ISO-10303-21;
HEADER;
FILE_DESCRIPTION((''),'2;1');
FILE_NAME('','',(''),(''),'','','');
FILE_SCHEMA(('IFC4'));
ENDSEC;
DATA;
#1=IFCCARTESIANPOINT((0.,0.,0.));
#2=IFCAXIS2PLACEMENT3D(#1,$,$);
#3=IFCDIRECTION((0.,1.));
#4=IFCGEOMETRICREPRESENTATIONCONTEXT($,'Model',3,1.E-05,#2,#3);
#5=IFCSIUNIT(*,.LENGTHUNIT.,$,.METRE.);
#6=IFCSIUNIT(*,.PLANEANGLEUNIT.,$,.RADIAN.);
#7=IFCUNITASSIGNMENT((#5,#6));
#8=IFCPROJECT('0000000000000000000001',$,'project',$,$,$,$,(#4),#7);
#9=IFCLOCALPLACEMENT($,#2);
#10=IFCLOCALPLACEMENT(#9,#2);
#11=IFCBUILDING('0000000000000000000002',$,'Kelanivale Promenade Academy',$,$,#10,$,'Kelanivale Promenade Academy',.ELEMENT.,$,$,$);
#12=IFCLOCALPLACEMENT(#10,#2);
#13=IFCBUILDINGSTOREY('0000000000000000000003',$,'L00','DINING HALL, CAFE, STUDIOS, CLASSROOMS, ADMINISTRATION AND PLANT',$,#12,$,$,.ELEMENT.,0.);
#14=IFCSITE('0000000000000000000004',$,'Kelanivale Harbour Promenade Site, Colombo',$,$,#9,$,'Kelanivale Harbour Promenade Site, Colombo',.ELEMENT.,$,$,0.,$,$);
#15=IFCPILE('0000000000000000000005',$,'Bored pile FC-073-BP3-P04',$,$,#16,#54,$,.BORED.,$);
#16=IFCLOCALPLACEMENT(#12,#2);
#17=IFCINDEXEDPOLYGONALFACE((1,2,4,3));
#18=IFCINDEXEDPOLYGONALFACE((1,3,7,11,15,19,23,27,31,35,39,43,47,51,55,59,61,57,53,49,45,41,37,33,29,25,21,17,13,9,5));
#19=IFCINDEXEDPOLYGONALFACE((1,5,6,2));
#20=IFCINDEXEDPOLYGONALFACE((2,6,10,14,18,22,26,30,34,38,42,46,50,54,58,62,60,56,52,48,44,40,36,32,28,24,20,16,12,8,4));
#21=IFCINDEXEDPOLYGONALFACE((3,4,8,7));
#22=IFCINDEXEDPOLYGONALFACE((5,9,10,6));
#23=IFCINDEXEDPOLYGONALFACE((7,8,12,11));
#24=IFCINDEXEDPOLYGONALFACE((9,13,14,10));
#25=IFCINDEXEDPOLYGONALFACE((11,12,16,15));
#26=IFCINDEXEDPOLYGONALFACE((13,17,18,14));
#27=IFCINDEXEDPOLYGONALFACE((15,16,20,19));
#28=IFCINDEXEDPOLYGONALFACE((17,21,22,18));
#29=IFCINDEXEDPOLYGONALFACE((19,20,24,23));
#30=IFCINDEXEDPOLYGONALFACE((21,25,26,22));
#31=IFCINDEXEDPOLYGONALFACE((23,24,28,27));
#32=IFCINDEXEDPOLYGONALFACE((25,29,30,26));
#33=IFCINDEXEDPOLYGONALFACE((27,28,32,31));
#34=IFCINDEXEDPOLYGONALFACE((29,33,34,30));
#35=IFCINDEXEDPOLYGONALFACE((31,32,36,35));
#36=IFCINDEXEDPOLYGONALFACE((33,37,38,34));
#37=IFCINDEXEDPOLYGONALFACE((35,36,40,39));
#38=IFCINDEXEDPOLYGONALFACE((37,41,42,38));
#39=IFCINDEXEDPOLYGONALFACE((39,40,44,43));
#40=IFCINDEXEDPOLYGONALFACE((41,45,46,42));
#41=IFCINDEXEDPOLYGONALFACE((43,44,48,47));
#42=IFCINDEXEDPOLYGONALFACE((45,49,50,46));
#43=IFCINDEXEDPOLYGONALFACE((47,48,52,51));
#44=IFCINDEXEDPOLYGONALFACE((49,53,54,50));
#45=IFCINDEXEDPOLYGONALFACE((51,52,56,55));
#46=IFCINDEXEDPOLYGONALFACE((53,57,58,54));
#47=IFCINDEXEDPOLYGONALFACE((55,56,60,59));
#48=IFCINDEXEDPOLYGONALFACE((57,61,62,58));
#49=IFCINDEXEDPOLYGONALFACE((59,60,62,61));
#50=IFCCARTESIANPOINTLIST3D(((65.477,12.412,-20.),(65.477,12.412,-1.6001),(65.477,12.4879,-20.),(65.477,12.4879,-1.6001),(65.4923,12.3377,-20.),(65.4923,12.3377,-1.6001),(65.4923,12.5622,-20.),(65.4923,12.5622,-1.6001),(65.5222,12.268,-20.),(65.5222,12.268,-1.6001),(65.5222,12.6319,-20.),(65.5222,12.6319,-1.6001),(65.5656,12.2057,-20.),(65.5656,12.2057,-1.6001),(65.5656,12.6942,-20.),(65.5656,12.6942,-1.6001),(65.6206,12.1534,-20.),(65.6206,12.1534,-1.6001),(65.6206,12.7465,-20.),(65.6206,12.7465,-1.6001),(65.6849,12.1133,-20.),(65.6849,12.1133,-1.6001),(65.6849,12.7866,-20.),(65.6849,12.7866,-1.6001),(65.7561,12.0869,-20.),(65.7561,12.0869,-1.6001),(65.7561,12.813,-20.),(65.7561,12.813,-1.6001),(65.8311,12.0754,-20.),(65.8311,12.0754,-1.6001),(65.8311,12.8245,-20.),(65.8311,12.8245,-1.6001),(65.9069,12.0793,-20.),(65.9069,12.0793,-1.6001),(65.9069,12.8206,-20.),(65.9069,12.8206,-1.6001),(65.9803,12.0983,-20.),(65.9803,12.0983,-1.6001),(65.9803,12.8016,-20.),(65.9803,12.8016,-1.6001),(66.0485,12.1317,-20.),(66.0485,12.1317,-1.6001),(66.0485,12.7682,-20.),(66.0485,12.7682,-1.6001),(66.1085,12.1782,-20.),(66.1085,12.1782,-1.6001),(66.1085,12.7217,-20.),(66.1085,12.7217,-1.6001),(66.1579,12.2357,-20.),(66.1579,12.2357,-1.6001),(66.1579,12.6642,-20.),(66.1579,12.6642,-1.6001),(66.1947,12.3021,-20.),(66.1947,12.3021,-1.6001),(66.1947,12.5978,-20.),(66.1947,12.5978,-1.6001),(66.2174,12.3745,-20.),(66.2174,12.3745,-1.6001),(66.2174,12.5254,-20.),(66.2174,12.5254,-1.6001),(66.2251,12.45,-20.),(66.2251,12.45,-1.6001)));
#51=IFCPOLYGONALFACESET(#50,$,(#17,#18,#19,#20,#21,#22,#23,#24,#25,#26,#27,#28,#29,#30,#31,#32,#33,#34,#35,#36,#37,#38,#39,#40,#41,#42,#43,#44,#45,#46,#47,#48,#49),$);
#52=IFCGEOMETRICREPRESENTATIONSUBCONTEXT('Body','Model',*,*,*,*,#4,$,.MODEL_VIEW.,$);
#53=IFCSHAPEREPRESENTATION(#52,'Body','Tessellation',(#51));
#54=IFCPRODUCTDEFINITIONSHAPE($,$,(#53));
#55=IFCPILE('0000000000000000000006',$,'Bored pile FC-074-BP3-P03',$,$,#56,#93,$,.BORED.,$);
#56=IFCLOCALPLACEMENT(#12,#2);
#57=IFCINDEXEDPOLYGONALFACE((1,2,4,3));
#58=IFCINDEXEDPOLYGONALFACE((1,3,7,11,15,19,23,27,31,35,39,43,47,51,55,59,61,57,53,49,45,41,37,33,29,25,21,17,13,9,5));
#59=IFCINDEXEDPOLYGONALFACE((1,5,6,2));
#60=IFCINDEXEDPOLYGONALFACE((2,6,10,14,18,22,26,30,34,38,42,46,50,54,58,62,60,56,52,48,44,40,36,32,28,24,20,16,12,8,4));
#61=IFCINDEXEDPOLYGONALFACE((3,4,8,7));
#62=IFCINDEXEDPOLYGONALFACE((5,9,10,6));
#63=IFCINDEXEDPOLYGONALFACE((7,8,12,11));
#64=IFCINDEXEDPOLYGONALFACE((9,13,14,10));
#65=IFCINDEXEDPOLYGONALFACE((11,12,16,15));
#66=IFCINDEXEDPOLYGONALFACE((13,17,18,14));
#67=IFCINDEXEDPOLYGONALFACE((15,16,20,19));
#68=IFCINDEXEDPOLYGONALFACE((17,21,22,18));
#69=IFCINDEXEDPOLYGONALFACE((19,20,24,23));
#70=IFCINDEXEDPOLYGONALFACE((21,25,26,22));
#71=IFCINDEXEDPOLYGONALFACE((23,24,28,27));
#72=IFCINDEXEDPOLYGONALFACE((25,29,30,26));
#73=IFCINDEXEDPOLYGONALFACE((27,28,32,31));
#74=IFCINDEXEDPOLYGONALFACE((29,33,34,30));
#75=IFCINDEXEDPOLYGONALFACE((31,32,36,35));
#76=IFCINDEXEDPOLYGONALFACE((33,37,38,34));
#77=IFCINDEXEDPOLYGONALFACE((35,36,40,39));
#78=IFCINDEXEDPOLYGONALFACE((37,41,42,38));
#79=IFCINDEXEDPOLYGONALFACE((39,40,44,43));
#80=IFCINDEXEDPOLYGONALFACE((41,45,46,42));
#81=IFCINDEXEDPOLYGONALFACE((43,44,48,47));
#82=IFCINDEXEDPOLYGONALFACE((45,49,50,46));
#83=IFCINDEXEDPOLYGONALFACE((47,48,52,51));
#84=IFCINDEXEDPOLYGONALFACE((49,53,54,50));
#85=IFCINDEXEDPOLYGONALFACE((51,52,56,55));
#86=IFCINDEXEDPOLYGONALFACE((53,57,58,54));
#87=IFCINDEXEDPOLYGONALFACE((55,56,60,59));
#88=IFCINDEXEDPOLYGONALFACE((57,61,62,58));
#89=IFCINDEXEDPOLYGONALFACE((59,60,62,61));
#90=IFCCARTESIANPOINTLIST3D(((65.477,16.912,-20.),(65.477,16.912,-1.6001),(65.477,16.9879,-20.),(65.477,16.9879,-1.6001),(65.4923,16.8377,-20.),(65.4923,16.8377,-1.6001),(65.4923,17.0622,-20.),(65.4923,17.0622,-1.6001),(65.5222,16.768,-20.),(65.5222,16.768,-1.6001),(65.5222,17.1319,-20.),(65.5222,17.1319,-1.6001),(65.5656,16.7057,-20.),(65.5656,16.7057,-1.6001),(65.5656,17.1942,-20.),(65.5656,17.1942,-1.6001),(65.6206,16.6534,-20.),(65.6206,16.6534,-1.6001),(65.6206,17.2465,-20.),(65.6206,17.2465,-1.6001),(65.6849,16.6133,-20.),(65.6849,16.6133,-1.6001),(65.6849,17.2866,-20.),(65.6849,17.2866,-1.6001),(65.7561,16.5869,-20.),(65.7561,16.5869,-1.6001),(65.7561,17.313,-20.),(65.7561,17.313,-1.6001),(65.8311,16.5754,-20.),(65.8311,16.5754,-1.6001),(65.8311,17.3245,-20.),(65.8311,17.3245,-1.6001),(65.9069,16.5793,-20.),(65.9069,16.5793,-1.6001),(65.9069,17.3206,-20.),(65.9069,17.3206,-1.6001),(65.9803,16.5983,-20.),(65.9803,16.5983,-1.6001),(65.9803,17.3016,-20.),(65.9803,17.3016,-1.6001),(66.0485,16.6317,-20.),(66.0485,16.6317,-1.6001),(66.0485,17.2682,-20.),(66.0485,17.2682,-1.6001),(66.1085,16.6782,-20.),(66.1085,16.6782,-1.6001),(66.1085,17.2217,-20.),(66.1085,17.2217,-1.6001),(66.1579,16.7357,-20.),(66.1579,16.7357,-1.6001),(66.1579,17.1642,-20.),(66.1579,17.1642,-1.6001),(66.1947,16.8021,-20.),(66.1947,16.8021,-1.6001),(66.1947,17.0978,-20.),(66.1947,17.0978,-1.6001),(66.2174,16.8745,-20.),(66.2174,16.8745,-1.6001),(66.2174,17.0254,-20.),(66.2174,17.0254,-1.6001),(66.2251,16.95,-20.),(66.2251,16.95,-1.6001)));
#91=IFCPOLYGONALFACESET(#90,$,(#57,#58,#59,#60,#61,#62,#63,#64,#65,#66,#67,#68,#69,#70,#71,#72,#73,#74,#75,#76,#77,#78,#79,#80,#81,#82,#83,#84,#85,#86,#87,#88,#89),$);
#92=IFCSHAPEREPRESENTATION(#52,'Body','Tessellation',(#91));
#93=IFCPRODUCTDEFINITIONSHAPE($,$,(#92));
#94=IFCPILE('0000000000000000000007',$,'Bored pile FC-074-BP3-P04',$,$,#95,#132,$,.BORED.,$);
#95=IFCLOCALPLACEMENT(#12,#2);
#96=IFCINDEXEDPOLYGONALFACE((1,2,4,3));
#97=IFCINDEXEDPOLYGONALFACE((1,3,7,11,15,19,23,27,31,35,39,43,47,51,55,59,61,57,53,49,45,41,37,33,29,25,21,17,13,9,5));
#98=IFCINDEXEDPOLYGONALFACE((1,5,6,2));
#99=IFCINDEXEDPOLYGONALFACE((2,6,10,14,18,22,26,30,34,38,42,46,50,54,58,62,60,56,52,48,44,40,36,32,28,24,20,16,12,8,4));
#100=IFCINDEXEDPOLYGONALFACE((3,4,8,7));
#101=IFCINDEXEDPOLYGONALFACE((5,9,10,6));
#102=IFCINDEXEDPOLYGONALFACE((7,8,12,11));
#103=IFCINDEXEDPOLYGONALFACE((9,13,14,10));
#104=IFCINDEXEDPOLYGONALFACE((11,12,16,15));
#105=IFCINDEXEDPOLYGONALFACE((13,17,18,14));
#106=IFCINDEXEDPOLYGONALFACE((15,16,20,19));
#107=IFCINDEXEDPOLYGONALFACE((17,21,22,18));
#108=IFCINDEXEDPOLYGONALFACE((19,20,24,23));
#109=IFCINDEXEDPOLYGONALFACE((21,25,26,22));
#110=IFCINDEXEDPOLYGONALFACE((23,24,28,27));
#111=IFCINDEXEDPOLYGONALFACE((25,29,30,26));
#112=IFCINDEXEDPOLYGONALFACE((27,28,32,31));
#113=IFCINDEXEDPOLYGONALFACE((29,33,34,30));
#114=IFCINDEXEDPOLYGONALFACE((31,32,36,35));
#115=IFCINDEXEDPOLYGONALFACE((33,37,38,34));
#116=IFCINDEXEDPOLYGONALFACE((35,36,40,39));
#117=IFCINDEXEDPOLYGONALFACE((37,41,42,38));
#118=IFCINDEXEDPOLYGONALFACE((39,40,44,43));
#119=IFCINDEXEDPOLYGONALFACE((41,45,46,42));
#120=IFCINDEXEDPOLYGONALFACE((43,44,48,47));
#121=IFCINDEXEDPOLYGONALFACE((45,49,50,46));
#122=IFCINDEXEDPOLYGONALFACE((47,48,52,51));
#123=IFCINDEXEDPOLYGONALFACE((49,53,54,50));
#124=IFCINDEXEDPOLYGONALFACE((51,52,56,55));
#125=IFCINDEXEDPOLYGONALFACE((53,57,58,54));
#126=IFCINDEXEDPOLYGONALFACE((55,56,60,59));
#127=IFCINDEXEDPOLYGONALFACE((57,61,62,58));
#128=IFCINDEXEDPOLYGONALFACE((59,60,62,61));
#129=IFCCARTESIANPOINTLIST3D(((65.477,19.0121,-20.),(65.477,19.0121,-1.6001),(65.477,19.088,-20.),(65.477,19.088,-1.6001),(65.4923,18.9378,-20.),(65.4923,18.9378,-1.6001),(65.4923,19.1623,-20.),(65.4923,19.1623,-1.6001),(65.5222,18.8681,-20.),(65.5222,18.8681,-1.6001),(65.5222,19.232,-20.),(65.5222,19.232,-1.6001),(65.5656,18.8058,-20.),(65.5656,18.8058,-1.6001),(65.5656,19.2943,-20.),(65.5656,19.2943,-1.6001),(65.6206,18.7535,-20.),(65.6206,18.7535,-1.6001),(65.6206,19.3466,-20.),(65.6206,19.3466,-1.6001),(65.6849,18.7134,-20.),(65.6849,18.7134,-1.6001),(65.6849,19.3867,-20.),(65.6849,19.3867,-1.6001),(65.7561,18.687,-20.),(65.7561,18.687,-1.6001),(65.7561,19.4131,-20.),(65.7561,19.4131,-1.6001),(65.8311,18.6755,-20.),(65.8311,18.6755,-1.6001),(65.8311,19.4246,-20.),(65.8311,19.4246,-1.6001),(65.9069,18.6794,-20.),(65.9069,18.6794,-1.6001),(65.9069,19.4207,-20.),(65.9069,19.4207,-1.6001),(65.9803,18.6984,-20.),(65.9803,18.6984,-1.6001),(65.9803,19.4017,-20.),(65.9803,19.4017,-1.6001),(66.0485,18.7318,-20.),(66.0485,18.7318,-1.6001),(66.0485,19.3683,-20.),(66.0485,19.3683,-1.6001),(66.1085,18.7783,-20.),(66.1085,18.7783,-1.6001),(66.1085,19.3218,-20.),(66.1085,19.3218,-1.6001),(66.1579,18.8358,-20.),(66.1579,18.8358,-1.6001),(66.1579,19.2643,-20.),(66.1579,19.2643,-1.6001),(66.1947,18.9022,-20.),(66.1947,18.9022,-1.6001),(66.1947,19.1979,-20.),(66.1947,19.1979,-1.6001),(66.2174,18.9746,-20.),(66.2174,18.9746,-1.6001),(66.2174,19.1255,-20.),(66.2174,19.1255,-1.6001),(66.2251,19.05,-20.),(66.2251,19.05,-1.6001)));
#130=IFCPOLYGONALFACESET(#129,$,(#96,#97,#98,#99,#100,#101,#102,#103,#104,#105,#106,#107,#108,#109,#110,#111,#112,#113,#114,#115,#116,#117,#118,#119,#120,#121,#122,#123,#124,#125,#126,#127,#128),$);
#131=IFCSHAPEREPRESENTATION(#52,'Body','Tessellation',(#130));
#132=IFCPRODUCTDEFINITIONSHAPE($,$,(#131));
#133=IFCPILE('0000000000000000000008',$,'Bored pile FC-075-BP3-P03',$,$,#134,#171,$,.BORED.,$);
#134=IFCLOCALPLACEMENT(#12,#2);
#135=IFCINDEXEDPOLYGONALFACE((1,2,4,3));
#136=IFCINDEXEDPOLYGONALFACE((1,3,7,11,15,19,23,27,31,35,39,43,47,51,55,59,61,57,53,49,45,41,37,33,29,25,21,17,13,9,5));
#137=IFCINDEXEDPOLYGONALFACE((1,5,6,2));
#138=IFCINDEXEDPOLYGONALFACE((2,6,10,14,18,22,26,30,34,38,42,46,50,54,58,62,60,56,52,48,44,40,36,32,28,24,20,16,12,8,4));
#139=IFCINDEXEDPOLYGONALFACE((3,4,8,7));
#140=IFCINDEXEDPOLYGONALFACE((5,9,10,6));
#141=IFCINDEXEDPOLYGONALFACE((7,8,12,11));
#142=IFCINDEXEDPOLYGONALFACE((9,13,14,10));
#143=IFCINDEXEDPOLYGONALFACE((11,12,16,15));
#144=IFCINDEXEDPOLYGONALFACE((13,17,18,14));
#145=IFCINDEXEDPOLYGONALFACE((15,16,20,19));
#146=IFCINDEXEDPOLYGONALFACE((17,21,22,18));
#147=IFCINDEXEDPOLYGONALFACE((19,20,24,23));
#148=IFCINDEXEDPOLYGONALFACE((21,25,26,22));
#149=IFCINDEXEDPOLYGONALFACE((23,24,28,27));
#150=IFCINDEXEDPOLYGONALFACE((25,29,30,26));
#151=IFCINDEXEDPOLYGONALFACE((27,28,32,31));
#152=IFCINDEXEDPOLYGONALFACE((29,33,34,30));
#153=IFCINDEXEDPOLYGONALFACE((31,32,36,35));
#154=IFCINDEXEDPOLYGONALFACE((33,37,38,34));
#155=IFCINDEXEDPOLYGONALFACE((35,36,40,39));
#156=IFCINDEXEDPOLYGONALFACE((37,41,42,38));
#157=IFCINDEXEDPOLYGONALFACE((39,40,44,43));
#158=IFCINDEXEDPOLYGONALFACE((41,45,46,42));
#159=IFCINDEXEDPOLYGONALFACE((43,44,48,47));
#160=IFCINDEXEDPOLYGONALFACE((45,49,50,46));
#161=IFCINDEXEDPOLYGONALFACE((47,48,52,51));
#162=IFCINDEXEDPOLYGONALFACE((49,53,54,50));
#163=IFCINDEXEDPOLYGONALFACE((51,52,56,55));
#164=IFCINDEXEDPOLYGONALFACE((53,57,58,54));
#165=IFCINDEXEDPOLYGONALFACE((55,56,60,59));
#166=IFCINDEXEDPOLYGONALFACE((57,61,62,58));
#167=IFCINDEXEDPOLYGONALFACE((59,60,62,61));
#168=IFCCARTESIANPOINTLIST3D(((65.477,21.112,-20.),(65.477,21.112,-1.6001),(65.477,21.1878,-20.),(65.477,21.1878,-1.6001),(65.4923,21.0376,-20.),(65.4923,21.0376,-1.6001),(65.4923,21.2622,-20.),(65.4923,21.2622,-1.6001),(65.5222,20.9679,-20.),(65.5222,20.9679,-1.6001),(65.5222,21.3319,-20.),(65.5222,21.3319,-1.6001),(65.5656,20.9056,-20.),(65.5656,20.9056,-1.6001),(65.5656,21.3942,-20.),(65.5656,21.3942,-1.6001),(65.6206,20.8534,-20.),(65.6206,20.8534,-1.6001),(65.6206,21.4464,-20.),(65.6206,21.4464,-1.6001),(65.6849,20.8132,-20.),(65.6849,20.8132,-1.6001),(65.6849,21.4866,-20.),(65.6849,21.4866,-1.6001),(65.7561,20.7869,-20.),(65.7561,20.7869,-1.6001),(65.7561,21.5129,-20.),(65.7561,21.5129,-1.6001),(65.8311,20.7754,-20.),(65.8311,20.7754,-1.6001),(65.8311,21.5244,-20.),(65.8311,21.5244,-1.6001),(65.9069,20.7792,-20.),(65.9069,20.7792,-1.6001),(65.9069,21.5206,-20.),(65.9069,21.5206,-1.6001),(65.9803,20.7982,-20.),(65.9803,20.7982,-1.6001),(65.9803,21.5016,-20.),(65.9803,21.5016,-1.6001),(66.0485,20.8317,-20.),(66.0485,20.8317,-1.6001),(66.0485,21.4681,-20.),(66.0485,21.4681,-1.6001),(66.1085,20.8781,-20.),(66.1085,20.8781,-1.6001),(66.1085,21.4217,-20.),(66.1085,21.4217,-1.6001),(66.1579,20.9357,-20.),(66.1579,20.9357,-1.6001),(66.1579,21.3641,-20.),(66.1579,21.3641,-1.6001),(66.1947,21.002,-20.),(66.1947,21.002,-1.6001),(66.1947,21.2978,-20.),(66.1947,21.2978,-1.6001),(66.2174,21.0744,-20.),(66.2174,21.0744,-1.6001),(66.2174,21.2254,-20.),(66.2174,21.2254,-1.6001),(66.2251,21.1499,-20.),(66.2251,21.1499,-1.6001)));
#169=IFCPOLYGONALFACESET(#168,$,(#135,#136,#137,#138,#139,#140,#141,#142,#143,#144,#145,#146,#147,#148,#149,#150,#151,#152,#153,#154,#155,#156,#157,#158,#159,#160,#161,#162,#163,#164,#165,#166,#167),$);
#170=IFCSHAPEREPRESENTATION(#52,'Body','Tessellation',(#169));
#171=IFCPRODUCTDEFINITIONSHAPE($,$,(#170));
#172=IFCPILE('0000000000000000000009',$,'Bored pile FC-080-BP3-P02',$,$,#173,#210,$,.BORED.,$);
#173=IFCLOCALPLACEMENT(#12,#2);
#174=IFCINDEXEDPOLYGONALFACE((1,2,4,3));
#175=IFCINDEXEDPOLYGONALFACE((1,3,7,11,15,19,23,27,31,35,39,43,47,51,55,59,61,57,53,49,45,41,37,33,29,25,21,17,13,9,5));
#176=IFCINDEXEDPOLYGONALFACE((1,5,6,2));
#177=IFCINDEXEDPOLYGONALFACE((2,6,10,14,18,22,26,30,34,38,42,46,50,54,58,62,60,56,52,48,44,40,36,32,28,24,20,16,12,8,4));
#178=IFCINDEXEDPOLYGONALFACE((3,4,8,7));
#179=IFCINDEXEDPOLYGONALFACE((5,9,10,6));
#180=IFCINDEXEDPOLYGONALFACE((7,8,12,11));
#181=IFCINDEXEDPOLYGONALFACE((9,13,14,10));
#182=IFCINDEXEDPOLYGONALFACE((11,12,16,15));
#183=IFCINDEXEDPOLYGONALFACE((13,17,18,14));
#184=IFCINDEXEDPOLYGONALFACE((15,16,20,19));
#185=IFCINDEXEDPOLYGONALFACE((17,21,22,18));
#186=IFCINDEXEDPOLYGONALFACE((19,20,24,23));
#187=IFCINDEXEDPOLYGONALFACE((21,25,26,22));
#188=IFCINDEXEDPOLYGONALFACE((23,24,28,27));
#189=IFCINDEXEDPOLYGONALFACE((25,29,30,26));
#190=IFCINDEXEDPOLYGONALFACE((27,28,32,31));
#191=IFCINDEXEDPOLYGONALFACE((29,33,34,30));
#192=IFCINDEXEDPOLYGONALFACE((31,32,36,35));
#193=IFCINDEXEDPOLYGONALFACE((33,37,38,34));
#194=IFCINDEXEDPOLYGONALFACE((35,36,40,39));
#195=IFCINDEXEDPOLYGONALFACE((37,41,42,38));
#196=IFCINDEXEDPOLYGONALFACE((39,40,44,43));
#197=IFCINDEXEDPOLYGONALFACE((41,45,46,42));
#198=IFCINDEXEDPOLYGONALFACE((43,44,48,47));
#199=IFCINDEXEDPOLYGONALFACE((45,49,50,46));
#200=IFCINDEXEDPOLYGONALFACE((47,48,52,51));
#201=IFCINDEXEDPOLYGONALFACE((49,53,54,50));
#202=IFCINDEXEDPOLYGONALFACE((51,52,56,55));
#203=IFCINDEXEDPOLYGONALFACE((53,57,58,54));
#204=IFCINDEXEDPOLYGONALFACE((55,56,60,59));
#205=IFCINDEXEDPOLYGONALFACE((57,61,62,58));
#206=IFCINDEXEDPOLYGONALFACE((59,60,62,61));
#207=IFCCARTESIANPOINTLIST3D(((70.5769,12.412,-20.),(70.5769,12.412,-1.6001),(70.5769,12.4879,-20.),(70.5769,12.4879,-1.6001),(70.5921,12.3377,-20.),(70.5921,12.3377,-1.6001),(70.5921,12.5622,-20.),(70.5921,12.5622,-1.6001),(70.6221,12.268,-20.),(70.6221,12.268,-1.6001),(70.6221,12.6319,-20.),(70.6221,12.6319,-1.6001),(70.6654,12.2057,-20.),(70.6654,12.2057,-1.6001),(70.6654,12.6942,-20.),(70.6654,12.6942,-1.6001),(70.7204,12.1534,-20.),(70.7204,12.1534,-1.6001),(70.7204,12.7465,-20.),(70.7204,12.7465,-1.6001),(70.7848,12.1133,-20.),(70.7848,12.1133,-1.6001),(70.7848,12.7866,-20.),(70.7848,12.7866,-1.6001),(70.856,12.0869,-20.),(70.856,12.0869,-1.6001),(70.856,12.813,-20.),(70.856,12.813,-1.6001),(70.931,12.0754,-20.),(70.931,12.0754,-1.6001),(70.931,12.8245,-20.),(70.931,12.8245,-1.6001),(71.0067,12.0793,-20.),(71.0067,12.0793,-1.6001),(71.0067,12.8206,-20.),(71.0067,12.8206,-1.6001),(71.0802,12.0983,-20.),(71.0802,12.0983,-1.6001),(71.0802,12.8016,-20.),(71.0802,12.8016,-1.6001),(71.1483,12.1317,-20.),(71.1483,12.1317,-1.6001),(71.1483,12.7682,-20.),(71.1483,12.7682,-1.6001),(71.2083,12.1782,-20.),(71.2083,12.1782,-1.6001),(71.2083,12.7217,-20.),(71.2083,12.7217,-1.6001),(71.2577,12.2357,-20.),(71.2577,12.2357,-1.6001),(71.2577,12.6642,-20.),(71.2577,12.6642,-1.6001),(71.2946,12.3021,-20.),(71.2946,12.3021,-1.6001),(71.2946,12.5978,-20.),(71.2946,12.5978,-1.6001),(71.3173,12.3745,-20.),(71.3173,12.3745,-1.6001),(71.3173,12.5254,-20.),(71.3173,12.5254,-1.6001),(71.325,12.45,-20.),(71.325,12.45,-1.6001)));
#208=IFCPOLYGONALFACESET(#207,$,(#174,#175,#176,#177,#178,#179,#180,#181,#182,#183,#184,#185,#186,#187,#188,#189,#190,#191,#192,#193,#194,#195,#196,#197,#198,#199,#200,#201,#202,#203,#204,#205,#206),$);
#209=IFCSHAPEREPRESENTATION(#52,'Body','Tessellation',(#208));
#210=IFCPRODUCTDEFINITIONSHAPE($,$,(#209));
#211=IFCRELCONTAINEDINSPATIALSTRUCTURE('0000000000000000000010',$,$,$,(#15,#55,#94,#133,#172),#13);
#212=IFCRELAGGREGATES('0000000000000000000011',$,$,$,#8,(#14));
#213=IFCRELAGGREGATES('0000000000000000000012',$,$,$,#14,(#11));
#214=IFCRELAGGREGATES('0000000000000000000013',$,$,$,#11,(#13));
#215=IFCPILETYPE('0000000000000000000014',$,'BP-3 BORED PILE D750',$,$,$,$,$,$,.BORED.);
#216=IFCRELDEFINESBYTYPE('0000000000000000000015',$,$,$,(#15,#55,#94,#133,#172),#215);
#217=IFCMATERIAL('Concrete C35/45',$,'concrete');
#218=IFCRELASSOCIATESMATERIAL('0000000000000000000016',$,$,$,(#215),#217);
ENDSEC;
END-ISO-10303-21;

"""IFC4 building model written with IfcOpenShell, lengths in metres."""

from ifc_helpers import new_model, si_unit, direction, frame, origin, origin_2d, place, context, subcontext, project, spatial, circle, extrude, material, material_profile, profile_set, type_object, element, save


model = new_model("IFC4")

# Units and contexts
model_context = context("Model", 3, precision=1e-05, world=origin(), true_north=direction((0.0, 1.0)))
body_context = subcontext(model_context, "Body", "Model", "MODEL_VIEW")
ifc_project = project(units=[si_unit("LENGTHUNIT", "METRE"), si_unit("PLANEANGLEUNIT", "RADIAN")], contexts=[model_context])

# Site, building, storey
site_placement = place(None, origin())
site = spatial("IfcSite", under=ifc_project, at=site_placement, Name="Kelanivale Harbour Promenade Site, Colombo", LongName="Kelanivale Harbour Promenade Site, Colombo", CompositionType="ELEMENT", RefElevation=0.0)
building_placement = place(site_placement, origin())
building = spatial("IfcBuilding", under=site, at=building_placement, Name="Kelanivale Promenade Academy", LongName="Kelanivale Promenade Academy", CompositionType="ELEMENT")
storey_placement = place(building_placement, origin())
storey = spatial("IfcBuildingStorey", under=building, at=storey_placement, Name="L00", Description="DINING HALL, CAFE, STUDIOS, CLASSROOMS, ADMINISTRATION AND PLANT", CompositionType="ELEMENT", Elevation=0.0)

# Piles
ifc_material_1 = material(Name="Concrete C35/45", Category="concrete")
ifc_material_profile_1 = material_profile(ifc_material_1, circle(Radius=0.375, at=origin_2d()), Name="BORED PILE D750")
ifc_profile_set_1 = profile_set([ifc_material_profile_1], Name="Concrete C35/45")
pile_type = type_object("IfcPileType", Name="BP-3 BORED PILE D750", PredefinedType="BORED", material=ifc_profile_set_1)
for number, where, z_axis, x_axis, name in (
    (1, (65.8501, 12.45, -1.6001), (0.0, 0.0, -1.0), (1.0, 0.0, 0.0), "Bored pile FC-073-BP3-P04"),
    (2, (65.8501, 16.95, -1.6001), (0.0, 0.0, -1.0), (1.0, 0.0, 0.0), "Bored pile FC-074-BP3-P03"),
    (3, (65.8501, 19.05, -1.6001), (0.0, 0.0, -1.0), (1.0, 0.0, 0.0), "Bored pile FC-074-BP3-P04"),
    (4, (65.8501, 21.1499, -1.6001), (0.0, 0.0, -1.0), (1.0, 0.0, 0.0), "Bored pile FC-075-BP3-P03"),
    (5, (70.95, 12.45, -1.6001), (0.0, 0.0, -1.0), (1.0, 0.0, 0.0), "Bored pile FC-080-BP3-P02"),
):
    element("IfcPile", number, at=place(storey_placement, frame(where, z_axis=z_axis, x_axis=x_axis)), inside=storey, type_object=pile_type, Name=name, PredefinedType="BORED", context=body_context, shape_type="SweptSolid", body=[
        extrude(circle(Radius=0.375, at=origin_2d()), origin(), (0.0, 0.0, 1.0), 18.3999),
    ])

save(model, "model.ifc")
